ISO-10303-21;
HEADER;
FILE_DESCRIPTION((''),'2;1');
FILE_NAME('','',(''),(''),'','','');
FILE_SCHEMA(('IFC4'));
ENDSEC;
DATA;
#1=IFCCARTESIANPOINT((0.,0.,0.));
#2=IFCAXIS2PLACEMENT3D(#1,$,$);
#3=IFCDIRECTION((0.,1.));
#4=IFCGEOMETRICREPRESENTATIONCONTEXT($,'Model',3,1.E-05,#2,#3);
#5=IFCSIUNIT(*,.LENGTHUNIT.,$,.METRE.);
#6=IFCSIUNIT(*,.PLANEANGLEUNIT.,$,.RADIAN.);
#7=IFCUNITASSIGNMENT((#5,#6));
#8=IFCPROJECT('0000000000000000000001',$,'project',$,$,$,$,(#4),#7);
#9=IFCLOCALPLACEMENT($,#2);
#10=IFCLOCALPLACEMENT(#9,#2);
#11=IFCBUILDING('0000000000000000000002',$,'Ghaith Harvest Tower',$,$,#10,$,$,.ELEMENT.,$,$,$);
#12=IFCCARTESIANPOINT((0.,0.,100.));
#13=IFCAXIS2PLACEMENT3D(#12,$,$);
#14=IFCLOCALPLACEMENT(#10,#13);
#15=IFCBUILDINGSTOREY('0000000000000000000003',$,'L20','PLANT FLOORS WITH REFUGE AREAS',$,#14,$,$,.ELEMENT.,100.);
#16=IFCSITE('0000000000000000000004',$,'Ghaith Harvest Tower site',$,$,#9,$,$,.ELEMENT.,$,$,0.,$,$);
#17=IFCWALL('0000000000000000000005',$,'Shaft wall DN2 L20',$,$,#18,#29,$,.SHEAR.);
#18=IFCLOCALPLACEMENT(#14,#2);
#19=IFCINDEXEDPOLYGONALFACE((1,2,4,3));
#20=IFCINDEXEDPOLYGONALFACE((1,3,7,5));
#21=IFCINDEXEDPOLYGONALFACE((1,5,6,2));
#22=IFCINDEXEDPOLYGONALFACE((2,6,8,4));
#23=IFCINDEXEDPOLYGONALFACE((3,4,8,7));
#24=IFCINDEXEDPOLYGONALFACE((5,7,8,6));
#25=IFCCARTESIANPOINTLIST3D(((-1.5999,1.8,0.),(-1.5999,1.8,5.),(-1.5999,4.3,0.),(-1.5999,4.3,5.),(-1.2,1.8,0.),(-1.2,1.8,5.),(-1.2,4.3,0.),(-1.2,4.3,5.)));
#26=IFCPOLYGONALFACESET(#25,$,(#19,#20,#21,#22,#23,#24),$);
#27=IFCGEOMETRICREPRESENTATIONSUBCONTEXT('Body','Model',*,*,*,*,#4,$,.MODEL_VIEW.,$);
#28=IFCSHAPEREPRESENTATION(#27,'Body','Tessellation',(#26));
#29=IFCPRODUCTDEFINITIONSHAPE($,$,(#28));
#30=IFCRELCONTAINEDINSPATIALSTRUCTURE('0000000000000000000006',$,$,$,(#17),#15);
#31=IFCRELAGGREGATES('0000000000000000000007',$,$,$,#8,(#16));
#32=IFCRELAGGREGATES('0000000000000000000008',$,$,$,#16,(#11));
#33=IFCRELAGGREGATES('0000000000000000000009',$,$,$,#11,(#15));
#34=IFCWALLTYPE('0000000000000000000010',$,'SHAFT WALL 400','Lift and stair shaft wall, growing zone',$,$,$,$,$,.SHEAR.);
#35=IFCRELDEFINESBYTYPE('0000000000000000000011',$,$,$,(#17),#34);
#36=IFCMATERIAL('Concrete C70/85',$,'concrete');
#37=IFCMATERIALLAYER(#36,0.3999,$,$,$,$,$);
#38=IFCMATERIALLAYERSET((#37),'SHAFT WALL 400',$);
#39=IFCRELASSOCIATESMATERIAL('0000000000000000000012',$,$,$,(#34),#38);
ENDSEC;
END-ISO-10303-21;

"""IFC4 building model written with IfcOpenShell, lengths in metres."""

from ifc_helpers import new_model, si_unit, direction, frame, frame_2d, origin, place, context, subcontext, project, spatial, rectangle, extrude, material, layer, layer_set, type_object, element, save


model = new_model("IFC4")

# Units and contexts
model_context = context("Model", 3, precision=1e-05, world=origin(), true_north=direction((0.0, 1.0)))
body_context = subcontext(model_context, "Body", "Model", "MODEL_VIEW")
ifc_project = project(units=[si_unit("LENGTHUNIT", "METRE"), si_unit("PLANEANGLEUNIT", "RADIAN")], contexts=[model_context])

# Site, building, storey
site_placement = place(None, origin())
site = spatial("IfcSite", under=ifc_project, at=site_placement, Name="Ghaith Harvest Tower site", CompositionType="ELEMENT", RefElevation=0.0)
building_placement = place(site_placement, origin())
building = spatial("IfcBuilding", under=site, at=building_placement, Name="Ghaith Harvest Tower", CompositionType="ELEMENT")
storey_placement = place(building_placement, frame((0.0, 0.0, 100.0)))
storey = spatial("IfcBuildingStorey", under=building, at=storey_placement, Name="L20", Description="PLANT FLOORS WITH REFUGE AREAS", CompositionType="ELEMENT", Elevation=100.0)

# Shared definitions
ifc_material_1 = material(Name="Concrete C70/85", Category="concrete")
ifc_layer_1 = layer(ifc_material_1, 0.3999)
ifc_layer_set_1 = layer_set([ifc_layer_1], Name="SHAFT WALL 400")
wall_type_1 = type_object("IfcWallType", Name="SHAFT WALL 400", Description="Lift and stair shaft wall, growing zone", PredefinedType="SHEAR", material=ifc_layer_set_1)

# Wall
for number, where, z_axis, x_axis, name in (
    (1, (-1.3999, 1.8, 0.0), (0.0, 0.0, 1.0), (0.0, 1.0, 0.0), "Shaft wall DN2 L20"),
):
    element("IfcWall", number, at=place(storey_placement, frame(where, z_axis=z_axis, x_axis=x_axis)), inside=storey, type_object=wall_type_1, Name=name, PredefinedType="SHEAR", context=body_context, shape_type="SweptSolid", body=[
        extrude(rectangle(XDim=2.5, YDim=0.3999, at=frame_2d((1.25, 0.0))), origin(), (0.0, 0.0, 1.0), 5.0),
    ])

save(model, "model.ifc")
